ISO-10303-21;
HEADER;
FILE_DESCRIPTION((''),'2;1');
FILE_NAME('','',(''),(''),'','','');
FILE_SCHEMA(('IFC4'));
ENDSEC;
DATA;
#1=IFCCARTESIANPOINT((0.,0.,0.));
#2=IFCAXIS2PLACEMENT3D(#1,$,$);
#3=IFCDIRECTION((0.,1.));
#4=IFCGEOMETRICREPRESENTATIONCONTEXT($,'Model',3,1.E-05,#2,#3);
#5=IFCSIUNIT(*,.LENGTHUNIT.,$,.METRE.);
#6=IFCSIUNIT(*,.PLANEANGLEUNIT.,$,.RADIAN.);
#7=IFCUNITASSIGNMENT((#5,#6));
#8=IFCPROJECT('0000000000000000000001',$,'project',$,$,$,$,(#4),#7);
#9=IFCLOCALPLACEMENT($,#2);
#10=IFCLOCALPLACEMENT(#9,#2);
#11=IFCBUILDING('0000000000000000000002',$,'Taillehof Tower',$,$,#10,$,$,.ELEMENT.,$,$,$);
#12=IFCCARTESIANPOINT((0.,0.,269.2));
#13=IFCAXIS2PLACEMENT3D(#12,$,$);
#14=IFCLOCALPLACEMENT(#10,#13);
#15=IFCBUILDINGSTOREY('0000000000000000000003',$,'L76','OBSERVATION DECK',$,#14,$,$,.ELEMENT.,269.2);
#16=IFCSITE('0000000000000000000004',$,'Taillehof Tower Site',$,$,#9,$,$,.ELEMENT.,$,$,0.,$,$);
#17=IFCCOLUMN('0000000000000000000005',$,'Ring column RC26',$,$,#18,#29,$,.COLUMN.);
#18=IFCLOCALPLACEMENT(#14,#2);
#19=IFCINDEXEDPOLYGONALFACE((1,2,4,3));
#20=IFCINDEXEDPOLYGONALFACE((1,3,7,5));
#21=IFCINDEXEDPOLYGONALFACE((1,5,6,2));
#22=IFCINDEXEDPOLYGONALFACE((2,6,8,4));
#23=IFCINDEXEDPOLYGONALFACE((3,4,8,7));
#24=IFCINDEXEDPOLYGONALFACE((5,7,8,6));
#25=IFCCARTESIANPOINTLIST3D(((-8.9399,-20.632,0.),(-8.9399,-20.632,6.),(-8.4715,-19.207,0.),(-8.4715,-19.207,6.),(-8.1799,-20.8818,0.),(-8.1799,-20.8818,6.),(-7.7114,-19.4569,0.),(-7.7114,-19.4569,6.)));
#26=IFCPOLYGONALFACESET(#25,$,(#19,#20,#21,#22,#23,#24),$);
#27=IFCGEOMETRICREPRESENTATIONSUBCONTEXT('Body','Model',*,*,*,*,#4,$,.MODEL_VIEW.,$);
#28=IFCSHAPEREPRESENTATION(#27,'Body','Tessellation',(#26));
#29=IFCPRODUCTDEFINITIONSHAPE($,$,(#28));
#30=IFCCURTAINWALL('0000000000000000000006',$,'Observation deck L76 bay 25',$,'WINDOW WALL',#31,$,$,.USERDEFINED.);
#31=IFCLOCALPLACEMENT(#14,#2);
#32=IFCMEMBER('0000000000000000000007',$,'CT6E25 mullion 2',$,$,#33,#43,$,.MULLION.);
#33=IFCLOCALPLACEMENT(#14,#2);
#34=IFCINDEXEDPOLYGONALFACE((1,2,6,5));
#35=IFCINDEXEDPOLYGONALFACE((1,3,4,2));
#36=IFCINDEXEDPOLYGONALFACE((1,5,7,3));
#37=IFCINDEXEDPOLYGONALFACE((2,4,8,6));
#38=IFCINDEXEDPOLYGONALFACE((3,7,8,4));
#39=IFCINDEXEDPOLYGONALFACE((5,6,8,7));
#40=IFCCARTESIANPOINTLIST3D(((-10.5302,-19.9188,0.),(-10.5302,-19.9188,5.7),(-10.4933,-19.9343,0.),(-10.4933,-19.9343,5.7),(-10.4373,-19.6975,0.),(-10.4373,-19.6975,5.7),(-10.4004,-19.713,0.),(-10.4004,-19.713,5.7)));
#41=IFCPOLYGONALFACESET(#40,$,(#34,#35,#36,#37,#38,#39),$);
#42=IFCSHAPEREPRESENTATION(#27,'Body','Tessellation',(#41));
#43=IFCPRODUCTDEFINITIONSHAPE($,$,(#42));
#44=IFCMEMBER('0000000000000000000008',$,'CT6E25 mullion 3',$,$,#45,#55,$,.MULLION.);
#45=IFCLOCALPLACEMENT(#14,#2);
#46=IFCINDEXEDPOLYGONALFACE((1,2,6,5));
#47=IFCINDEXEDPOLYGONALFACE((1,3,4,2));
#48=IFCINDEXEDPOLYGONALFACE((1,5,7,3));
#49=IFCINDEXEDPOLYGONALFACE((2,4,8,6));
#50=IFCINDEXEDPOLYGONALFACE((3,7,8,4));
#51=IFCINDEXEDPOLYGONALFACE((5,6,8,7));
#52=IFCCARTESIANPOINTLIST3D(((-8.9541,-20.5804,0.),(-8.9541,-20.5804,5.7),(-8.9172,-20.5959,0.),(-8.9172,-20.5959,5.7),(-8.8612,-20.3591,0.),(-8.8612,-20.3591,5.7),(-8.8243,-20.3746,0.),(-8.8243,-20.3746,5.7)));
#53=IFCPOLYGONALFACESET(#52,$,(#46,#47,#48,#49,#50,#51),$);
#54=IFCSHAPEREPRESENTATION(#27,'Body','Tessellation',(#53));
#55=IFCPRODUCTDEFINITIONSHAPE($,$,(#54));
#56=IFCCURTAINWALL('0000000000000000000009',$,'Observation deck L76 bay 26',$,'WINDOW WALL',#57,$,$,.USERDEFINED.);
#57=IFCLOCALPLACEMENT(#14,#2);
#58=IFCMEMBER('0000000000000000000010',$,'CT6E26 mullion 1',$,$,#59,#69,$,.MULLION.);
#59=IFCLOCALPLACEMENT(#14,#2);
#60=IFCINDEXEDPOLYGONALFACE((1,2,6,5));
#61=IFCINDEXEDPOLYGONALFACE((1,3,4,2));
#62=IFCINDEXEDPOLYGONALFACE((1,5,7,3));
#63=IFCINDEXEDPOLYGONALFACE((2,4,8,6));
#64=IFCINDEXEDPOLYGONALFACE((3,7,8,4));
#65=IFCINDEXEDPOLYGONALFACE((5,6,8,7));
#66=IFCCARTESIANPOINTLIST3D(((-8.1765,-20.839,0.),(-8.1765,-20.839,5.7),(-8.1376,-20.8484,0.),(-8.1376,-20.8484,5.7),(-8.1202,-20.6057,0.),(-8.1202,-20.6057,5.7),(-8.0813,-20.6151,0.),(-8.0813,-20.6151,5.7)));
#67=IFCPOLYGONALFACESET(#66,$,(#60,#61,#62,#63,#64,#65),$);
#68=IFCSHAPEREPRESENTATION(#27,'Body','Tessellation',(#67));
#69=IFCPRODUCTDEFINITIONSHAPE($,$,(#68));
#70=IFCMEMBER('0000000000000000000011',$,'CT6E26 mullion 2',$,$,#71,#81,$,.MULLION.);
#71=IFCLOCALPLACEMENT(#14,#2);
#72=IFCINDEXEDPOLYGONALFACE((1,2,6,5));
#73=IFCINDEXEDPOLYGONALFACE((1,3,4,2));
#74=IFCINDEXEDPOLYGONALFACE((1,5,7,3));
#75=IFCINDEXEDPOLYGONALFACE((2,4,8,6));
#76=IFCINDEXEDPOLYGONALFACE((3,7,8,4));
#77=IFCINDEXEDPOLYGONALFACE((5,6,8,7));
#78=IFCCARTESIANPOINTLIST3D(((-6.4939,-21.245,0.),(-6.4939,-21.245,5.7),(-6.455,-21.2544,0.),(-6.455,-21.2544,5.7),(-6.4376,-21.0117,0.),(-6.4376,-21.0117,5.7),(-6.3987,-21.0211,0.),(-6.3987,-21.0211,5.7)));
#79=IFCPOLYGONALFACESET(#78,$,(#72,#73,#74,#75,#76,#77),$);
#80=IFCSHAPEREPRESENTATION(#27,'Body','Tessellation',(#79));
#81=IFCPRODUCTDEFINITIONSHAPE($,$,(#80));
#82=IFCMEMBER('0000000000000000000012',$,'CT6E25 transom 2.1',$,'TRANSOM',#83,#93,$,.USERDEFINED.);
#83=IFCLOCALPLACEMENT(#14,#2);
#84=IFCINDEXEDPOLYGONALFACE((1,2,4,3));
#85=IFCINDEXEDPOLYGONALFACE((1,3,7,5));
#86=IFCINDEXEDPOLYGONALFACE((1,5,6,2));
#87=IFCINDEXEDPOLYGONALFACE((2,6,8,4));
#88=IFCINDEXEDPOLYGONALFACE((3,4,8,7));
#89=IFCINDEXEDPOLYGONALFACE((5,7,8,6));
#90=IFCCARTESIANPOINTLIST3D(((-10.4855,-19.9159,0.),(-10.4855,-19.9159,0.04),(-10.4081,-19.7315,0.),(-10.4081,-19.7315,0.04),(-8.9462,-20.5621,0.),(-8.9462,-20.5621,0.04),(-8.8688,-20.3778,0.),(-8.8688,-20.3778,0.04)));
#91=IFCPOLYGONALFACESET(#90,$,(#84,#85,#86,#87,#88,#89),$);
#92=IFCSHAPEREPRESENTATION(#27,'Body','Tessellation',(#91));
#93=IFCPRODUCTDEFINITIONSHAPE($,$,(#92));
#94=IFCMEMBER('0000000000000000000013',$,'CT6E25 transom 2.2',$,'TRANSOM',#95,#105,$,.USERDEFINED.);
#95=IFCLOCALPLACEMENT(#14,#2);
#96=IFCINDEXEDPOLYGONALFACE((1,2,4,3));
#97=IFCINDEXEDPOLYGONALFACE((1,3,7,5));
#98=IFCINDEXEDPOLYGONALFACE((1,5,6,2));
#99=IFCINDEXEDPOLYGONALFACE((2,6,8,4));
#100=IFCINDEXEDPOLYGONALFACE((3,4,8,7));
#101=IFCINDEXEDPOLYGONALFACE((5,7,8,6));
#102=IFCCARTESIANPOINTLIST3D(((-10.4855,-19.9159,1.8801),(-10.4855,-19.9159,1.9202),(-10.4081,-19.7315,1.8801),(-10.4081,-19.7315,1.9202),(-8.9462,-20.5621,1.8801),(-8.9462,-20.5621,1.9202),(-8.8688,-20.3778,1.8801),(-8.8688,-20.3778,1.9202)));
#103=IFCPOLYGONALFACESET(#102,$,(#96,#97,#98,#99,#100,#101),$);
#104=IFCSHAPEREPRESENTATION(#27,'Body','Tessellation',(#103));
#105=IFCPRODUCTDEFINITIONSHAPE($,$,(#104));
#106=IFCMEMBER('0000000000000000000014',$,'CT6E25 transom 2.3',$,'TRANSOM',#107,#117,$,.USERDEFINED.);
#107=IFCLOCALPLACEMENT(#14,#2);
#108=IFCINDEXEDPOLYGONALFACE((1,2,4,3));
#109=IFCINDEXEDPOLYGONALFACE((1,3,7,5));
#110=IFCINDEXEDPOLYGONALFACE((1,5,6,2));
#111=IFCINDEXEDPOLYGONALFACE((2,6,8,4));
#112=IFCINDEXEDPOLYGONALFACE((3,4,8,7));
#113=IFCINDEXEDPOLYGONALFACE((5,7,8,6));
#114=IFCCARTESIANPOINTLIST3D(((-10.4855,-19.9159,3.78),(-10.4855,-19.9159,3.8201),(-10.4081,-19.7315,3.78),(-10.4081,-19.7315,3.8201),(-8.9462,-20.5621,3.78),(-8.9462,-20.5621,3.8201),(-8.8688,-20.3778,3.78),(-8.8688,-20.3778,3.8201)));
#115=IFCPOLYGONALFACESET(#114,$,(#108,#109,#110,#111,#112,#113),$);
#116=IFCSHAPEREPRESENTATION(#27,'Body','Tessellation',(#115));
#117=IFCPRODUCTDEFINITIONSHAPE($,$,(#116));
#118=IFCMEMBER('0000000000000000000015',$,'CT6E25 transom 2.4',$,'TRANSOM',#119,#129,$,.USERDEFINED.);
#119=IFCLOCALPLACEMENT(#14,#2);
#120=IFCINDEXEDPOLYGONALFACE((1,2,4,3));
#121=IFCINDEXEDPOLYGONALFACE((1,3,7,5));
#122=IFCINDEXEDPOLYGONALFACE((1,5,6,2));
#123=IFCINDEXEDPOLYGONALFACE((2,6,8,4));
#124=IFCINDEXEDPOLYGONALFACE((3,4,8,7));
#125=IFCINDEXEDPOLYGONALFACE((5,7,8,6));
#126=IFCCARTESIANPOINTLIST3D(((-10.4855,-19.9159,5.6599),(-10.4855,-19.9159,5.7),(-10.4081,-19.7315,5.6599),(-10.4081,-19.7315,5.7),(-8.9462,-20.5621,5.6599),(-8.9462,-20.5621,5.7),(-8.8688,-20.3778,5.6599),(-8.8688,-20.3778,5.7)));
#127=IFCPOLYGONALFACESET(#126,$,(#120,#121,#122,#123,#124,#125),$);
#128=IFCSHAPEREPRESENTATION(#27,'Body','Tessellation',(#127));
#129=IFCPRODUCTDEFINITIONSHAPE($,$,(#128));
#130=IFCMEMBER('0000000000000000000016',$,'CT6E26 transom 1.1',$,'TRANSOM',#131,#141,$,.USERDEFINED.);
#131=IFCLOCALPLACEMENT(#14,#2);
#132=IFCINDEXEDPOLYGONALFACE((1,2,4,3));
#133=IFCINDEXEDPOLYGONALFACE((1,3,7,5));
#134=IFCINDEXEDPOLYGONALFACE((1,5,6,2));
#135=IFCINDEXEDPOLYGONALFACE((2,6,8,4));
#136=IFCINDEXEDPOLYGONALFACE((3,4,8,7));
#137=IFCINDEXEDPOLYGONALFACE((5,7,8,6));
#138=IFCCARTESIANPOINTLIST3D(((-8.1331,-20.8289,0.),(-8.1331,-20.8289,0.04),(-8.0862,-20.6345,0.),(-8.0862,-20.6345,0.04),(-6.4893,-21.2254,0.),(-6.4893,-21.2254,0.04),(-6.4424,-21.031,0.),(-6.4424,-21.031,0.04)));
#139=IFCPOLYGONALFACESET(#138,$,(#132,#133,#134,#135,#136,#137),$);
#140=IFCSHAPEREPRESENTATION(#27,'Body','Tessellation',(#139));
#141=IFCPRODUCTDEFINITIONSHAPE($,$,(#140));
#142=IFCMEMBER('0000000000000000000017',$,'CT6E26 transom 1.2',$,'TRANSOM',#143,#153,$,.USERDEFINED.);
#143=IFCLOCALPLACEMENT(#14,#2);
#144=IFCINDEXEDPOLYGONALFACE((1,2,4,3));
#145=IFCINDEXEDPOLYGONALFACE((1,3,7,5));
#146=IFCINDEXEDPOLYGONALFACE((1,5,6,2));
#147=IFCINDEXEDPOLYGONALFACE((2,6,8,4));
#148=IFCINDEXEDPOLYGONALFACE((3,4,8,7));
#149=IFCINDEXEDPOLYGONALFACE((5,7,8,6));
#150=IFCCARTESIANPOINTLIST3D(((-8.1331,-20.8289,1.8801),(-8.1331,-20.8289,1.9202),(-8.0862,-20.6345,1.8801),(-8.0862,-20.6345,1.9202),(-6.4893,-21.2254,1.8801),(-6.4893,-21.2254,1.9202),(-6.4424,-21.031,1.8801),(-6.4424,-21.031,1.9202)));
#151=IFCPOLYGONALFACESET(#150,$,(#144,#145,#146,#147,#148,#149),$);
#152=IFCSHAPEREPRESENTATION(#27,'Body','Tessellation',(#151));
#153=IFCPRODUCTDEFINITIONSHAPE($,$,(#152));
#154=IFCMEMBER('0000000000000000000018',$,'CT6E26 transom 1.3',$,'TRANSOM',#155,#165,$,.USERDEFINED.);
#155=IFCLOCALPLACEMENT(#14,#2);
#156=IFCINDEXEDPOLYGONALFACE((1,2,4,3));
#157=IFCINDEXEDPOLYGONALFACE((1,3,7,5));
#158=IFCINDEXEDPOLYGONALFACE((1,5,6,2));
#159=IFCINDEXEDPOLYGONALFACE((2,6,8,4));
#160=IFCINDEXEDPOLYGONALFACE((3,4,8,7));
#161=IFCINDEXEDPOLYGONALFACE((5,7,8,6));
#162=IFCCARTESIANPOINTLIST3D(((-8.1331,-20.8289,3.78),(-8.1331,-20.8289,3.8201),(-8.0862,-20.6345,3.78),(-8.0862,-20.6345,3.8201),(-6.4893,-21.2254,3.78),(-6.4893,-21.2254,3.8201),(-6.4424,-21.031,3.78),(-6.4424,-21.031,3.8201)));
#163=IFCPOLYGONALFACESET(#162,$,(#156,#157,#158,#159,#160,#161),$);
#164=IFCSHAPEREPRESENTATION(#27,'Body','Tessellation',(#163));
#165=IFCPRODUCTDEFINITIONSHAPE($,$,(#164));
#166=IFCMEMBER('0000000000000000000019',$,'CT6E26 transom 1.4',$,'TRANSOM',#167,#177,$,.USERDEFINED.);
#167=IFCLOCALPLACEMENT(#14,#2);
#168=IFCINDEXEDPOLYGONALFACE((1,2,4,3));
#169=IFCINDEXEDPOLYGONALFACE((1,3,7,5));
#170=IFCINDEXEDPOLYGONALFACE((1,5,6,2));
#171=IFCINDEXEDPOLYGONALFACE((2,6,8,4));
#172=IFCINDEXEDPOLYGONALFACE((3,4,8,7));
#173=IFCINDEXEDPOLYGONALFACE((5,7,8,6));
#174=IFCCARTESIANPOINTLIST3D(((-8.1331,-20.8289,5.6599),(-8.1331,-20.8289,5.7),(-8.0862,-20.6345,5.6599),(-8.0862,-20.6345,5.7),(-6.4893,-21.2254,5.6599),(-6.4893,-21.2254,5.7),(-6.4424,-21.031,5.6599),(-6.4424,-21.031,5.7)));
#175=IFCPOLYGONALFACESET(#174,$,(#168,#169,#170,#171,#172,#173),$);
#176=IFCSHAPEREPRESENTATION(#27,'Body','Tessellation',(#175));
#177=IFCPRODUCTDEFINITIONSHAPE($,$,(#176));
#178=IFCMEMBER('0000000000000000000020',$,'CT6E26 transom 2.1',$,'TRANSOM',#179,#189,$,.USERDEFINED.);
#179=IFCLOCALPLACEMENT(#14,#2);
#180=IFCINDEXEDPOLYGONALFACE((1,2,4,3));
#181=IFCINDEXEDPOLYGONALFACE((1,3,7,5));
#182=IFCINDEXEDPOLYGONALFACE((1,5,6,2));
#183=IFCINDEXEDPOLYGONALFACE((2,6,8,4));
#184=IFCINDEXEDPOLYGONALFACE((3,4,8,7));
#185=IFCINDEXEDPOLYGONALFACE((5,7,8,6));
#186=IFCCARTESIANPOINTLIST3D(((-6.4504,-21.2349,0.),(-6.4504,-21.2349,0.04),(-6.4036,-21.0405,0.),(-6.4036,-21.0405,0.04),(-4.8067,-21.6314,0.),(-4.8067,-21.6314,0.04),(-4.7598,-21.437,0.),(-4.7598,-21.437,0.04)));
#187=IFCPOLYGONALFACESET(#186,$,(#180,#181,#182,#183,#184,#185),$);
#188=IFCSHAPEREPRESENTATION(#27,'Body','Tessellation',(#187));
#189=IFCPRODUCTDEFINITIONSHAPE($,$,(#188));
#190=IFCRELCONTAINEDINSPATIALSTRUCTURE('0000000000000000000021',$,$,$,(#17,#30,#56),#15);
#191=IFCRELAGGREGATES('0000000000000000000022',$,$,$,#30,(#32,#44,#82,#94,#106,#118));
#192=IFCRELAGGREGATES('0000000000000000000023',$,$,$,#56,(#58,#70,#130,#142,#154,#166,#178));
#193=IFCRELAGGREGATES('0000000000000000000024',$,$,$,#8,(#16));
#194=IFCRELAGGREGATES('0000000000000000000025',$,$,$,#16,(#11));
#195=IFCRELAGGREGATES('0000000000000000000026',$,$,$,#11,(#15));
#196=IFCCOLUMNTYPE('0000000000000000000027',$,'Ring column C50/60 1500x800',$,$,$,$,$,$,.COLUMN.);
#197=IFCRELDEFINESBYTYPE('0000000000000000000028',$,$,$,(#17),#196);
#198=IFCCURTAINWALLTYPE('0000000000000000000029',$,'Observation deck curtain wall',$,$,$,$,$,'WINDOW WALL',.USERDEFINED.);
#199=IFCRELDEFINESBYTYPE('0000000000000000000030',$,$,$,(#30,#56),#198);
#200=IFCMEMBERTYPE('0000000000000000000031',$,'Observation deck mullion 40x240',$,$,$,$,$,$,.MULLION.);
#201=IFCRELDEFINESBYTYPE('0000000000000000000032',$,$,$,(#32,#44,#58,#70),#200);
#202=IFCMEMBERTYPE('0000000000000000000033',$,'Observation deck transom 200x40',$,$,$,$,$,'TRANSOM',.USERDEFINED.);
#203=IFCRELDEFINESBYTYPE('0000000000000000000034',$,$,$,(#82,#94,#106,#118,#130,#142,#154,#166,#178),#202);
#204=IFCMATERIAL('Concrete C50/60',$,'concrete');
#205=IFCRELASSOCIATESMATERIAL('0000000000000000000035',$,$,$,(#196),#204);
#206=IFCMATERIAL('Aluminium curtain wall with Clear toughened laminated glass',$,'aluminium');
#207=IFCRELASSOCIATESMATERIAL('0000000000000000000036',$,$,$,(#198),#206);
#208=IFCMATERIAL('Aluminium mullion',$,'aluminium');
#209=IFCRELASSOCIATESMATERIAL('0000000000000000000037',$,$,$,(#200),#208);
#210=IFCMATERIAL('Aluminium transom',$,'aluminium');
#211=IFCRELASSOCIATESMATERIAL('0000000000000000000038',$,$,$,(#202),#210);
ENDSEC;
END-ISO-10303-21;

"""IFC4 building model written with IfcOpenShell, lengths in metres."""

from ifc_helpers import new_model, si_unit, direction, frame, origin, origin_2d, place, context, subcontext, project, spatial, rectangle, extrude, material, material_profile, profile_set, type_object, element, aggregate, save


model = new_model("IFC4")

# Units and contexts
model_context = context("Model", 3, precision=1e-05, world=origin(), true_north=direction((0.0, 1.0)))
body_context = subcontext(model_context, "Body", "Model", "MODEL_VIEW")
ifc_project = project(units=[si_unit("LENGTHUNIT", "METRE"), si_unit("PLANEANGLEUNIT", "RADIAN")], contexts=[model_context])

# Site, building, storey
site_placement = place(None, origin())
site = spatial("IfcSite", under=ifc_project, at=site_placement, Name="Taillehof Tower Site", CompositionType="ELEMENT", RefElevation=0.0)
building_placement = place(site_placement, origin())
building = spatial("IfcBuilding", under=site, at=building_placement, Name="Taillehof Tower", CompositionType="ELEMENT")
storey_placement = place(building_placement, frame((0.0, 0.0, 269.2)))
storey = spatial("IfcBuildingStorey", under=building, at=storey_placement, Name="L76", Description="OBSERVATION DECK", CompositionType="ELEMENT", Elevation=269.2)

# Column
ifc_material_1 = material(Name="Concrete C50/60", Category="concrete")
ifc_material_profile_1 = material_profile(ifc_material_1, rectangle(XDim=1.5, YDim=0.8, at=origin_2d()), Name="RC 1500x800")
ifc_profile_set_1 = profile_set([ifc_material_profile_1], Name="Concrete C50/60")
column_type = type_object("IfcColumnType", Name="Ring column C50/60 1500x800", PredefinedType="COLUMN", material=ifc_profile_set_1)
column_placement = place(storey_placement, frame((-8.3257, -20.0444, 0.0), z_axis=(0.0, 0.0, 1.0), x_axis=(-0.312304, -0.949982, 0.0)))
element("IfcColumn", 1, at=column_placement, inside=storey, type_object=column_type, Name="Ring column RC26", PredefinedType="COLUMN", context=body_context, shape_type="SweptSolid", body=[
    extrude(rectangle(XDim=1.5, YDim=0.8, at=origin_2d()), origin(), (0.0, 0.0, 1.0), 6.0),
])

# Curtain walls, members
ifc_material_2 = material(Name="Aluminium curtain wall with Clear toughened laminated glass", Category="aluminium")
curtain_wall_type = type_object("IfcCurtainWallType", Name="Observation deck curtain wall", ElementType="WINDOW WALL", PredefinedType="USERDEFINED", material=ifc_material_2)
curtain_wall_1_placement = place(storey_placement, origin())
curtain_wall_1 = element("IfcCurtainWall", 2, at=curtain_wall_1_placement, inside=storey, type_object=curtain_wall_type, Name="Observation deck L76 bay 25", ObjectType="WINDOW WALL", PredefinedType="USERDEFINED")
ifc_material_3 = material(Name="Aluminium mullion", Category="aluminium")
ifc_material_profile_2 = material_profile(ifc_material_3, rectangle(XDim=0.24, YDim=0.04, at=origin_2d()), Name="AL 40x240")
ifc_profile_set_2 = profile_set([ifc_material_profile_2], Name="Aluminium mullion")
member_type_1 = type_object("IfcMemberType", Name="Observation deck mullion 40x240", PredefinedType="MULLION", material=ifc_profile_set_2)
member_1_placement = place(storey_placement, frame((-10.4653, -19.8159, 0.0), z_axis=(0.0, 0.0, 1.0), x_axis=(0.387101, 0.922037, 0.0)))
member_1 = element("IfcMember", 3, at=member_1_placement, type_object=member_type_1, Name="CT6E25 mullion 2", PredefinedType="MULLION", context=body_context, shape_type="SweptSolid", body=[
    extrude(rectangle(XDim=0.24, YDim=0.04, at=origin_2d()), origin(), (0.0, 0.0, 1.0), 5.7),
])
member_2_placement = place(storey_placement, frame((-8.8892, -20.4775, 0.0), z_axis=(0.0, 0.0, 1.0), x_axis=(0.387101, 0.922037, 0.0)))
member_2 = element("IfcMember", 4, at=member_2_placement, type_object=member_type_1, Name="CT6E25 mullion 3", PredefinedType="MULLION", context=body_context, shape_type="SweptSolid", body=[
    extrude(rectangle(XDim=0.24, YDim=0.04, at=origin_2d()), origin(), (0.0, 0.0, 1.0), 5.7),
])
curtain_wall_2_placement = place(storey_placement, origin())
curtain_wall_2 = element("IfcCurtainWall", 5, at=curtain_wall_2_placement, inside=storey, type_object=curtain_wall_type, Name="Observation deck L76 bay 26", ObjectType="WINDOW WALL", PredefinedType="USERDEFINED")
member_3_placement = place(storey_placement, frame((-8.1289, -20.7271, 0.0), z_axis=(0.0, 0.0, 1.0), x_axis=(0.234515, 0.972113, 0.0)))
member_3 = element("IfcMember", 6, at=member_3_placement, type_object=member_type_1, Name="CT6E26 mullion 1", PredefinedType="MULLION", context=body_context, shape_type="SweptSolid", body=[
    extrude(rectangle(XDim=0.24, YDim=0.04, at=origin_2d()), origin(), (0.0, 0.0, 1.0), 5.7),
])
member_4_placement = place(storey_placement, frame((-6.4463, -21.1331, 0.0), z_axis=(0.0, 0.0, 1.0), x_axis=(0.234515, 0.972113, 0.0)))
member_4 = element("IfcMember", 7, at=member_4_placement, type_object=member_type_1, Name="CT6E26 mullion 2", PredefinedType="MULLION", context=body_context, shape_type="SweptSolid", body=[
    extrude(rectangle(XDim=0.24, YDim=0.04, at=origin_2d()), origin(), (0.0, 0.0, 1.0), 5.7),
])

# Members
ifc_material_4 = material(Name="Aluminium transom", Category="aluminium")
ifc_material_profile_3 = material_profile(ifc_material_4, rectangle(XDim=0.2, YDim=0.04, at=origin_2d()), Name="AL 200x40")
ifc_profile_set_3 = profile_set([ifc_material_profile_3], Name="Aluminium transom")
member_type_2 = type_object("IfcMemberType", Name="Observation deck transom 200x40", ElementType="TRANSOM", PredefinedType="USERDEFINED", material=ifc_profile_set_3)
member_5_placement = place(storey_placement, frame((-10.4468, -19.8237, 0.02), z_axis=(0.92204, -0.387096, 0.0), x_axis=(0.387096, 0.92204, 0.0)))
member_5 = element("IfcMember", 8, at=member_5_placement, type_object=member_type_2, Name="CT6E25 transom 2.1", ObjectType="TRANSOM", PredefinedType="USERDEFINED", context=body_context, shape_type="SweptSolid", body=[
    extrude(rectangle(XDim=0.2, YDim=0.04, at=origin_2d()), origin(), (0.0, 0.0, 1.0), 1.6694),
])
member_6_placement = place(storey_placement, frame((-10.4468, -19.8237, 1.9001), z_axis=(0.92204, -0.387096, 0.0), x_axis=(0.387096, 0.92204, 0.0)))
member_6 = element("IfcMember", 9, at=member_6_placement, type_object=member_type_2, Name="CT6E25 transom 2.2", ObjectType="TRANSOM", PredefinedType="USERDEFINED", context=body_context, shape_type="SweptSolid", body=[
    extrude(rectangle(XDim=0.2, YDim=0.04, at=origin_2d()), origin(), (0.0, 0.0, 1.0), 1.6694),
])
member_7_placement = place(storey_placement, frame((-10.4468, -19.8237, 3.8), z_axis=(0.92204, -0.387096, 0.0), x_axis=(0.387096, 0.92204, 0.0)))
member_7 = element("IfcMember", 10, at=member_7_placement, type_object=member_type_2, Name="CT6E25 transom 2.3", ObjectType="TRANSOM", PredefinedType="USERDEFINED", context=body_context, shape_type="SweptSolid", body=[
    extrude(rectangle(XDim=0.2, YDim=0.04, at=origin_2d()), origin(), (0.0, 0.0, 1.0), 1.6694),
])
member_8_placement = place(storey_placement, frame((-10.4468, -19.8237, 5.6799), z_axis=(0.92204, -0.387096, 0.0), x_axis=(0.387096, 0.92204, 0.0)))
member_8 = element("IfcMember", 11, at=member_8_placement, type_object=member_type_2, Name="CT6E25 transom 2.4", ObjectType="TRANSOM", PredefinedType="USERDEFINED", context=body_context, shape_type="SweptSolid", body=[
    extrude(rectangle(XDim=0.2, YDim=0.04, at=origin_2d()), origin(), (0.0, 0.0, 1.0), 1.6694),
])
member_9_placement = place(storey_placement, frame((-8.1096, -20.7317, 0.02), z_axis=(0.972122, -0.234476, 0.0), x_axis=(0.234476, 0.972122, 0.0)))
member_9 = element("IfcMember", 12, at=member_9_placement, type_object=member_type_2, Name="CT6E26 transom 1.1", ObjectType="TRANSOM", PredefinedType="USERDEFINED", context=body_context, shape_type="SweptSolid", body=[
    extrude(rectangle(XDim=0.2, YDim=0.04, at=origin_2d()), origin(), (0.0, 0.0, 1.0), 1.6909),
])
member_10_placement = place(storey_placement, frame((-8.1096, -20.7317, 1.9001), z_axis=(0.972122, -0.234476, 0.0), x_axis=(0.234476, 0.972122, 0.0)))
member_10 = element("IfcMember", 13, at=member_10_placement, type_object=member_type_2, Name="CT6E26 transom 1.2", ObjectType="TRANSOM", PredefinedType="USERDEFINED", context=body_context, shape_type="SweptSolid", body=[
    extrude(rectangle(XDim=0.2, YDim=0.04, at=origin_2d()), origin(), (0.0, 0.0, 1.0), 1.6909),
])
member_11_placement = place(storey_placement, frame((-8.1096, -20.7317, 3.8), z_axis=(0.972122, -0.234476, 0.0), x_axis=(0.234476, 0.972122, 0.0)))
member_11 = element("IfcMember", 14, at=member_11_placement, type_object=member_type_2, Name="CT6E26 transom 1.3", ObjectType="TRANSOM", PredefinedType="USERDEFINED", context=body_context, shape_type="SweptSolid", body=[
    extrude(rectangle(XDim=0.2, YDim=0.04, at=origin_2d()), origin(), (0.0, 0.0, 1.0), 1.6909),
])
member_12_placement = place(storey_placement, frame((-8.1096, -20.7317, 5.6799), z_axis=(0.972122, -0.234476, 0.0), x_axis=(0.234476, 0.972122, 0.0)))
member_12 = element("IfcMember", 15, at=member_12_placement, type_object=member_type_2, Name="CT6E26 transom 1.4", ObjectType="TRANSOM", PredefinedType="USERDEFINED", context=body_context, shape_type="SweptSolid", body=[
    extrude(rectangle(XDim=0.2, YDim=0.04, at=origin_2d()), origin(), (0.0, 0.0, 1.0), 1.6909),
])
member_13_placement = place(storey_placement, frame((-6.427, -21.1377, 0.02), z_axis=(0.972122, -0.234476, 0.0), x_axis=(0.234476, 0.972122, 0.0)))
member_13 = element("IfcMember", 16, at=member_13_placement, type_object=member_type_2, Name="CT6E26 transom 2.1", ObjectType="TRANSOM", PredefinedType="USERDEFINED", context=body_context, shape_type="SweptSolid", body=[
    extrude(rectangle(XDim=0.2, YDim=0.04, at=origin_2d()), origin(), (0.0, 0.0, 1.0), 1.6909),
])

aggregate(curtain_wall_1, [member_1, member_2, member_5, member_6, member_7, member_8])
aggregate(curtain_wall_2, [member_3, member_4, member_9, member_10, member_11, member_12, member_13])

save(model, "model.ifc")
